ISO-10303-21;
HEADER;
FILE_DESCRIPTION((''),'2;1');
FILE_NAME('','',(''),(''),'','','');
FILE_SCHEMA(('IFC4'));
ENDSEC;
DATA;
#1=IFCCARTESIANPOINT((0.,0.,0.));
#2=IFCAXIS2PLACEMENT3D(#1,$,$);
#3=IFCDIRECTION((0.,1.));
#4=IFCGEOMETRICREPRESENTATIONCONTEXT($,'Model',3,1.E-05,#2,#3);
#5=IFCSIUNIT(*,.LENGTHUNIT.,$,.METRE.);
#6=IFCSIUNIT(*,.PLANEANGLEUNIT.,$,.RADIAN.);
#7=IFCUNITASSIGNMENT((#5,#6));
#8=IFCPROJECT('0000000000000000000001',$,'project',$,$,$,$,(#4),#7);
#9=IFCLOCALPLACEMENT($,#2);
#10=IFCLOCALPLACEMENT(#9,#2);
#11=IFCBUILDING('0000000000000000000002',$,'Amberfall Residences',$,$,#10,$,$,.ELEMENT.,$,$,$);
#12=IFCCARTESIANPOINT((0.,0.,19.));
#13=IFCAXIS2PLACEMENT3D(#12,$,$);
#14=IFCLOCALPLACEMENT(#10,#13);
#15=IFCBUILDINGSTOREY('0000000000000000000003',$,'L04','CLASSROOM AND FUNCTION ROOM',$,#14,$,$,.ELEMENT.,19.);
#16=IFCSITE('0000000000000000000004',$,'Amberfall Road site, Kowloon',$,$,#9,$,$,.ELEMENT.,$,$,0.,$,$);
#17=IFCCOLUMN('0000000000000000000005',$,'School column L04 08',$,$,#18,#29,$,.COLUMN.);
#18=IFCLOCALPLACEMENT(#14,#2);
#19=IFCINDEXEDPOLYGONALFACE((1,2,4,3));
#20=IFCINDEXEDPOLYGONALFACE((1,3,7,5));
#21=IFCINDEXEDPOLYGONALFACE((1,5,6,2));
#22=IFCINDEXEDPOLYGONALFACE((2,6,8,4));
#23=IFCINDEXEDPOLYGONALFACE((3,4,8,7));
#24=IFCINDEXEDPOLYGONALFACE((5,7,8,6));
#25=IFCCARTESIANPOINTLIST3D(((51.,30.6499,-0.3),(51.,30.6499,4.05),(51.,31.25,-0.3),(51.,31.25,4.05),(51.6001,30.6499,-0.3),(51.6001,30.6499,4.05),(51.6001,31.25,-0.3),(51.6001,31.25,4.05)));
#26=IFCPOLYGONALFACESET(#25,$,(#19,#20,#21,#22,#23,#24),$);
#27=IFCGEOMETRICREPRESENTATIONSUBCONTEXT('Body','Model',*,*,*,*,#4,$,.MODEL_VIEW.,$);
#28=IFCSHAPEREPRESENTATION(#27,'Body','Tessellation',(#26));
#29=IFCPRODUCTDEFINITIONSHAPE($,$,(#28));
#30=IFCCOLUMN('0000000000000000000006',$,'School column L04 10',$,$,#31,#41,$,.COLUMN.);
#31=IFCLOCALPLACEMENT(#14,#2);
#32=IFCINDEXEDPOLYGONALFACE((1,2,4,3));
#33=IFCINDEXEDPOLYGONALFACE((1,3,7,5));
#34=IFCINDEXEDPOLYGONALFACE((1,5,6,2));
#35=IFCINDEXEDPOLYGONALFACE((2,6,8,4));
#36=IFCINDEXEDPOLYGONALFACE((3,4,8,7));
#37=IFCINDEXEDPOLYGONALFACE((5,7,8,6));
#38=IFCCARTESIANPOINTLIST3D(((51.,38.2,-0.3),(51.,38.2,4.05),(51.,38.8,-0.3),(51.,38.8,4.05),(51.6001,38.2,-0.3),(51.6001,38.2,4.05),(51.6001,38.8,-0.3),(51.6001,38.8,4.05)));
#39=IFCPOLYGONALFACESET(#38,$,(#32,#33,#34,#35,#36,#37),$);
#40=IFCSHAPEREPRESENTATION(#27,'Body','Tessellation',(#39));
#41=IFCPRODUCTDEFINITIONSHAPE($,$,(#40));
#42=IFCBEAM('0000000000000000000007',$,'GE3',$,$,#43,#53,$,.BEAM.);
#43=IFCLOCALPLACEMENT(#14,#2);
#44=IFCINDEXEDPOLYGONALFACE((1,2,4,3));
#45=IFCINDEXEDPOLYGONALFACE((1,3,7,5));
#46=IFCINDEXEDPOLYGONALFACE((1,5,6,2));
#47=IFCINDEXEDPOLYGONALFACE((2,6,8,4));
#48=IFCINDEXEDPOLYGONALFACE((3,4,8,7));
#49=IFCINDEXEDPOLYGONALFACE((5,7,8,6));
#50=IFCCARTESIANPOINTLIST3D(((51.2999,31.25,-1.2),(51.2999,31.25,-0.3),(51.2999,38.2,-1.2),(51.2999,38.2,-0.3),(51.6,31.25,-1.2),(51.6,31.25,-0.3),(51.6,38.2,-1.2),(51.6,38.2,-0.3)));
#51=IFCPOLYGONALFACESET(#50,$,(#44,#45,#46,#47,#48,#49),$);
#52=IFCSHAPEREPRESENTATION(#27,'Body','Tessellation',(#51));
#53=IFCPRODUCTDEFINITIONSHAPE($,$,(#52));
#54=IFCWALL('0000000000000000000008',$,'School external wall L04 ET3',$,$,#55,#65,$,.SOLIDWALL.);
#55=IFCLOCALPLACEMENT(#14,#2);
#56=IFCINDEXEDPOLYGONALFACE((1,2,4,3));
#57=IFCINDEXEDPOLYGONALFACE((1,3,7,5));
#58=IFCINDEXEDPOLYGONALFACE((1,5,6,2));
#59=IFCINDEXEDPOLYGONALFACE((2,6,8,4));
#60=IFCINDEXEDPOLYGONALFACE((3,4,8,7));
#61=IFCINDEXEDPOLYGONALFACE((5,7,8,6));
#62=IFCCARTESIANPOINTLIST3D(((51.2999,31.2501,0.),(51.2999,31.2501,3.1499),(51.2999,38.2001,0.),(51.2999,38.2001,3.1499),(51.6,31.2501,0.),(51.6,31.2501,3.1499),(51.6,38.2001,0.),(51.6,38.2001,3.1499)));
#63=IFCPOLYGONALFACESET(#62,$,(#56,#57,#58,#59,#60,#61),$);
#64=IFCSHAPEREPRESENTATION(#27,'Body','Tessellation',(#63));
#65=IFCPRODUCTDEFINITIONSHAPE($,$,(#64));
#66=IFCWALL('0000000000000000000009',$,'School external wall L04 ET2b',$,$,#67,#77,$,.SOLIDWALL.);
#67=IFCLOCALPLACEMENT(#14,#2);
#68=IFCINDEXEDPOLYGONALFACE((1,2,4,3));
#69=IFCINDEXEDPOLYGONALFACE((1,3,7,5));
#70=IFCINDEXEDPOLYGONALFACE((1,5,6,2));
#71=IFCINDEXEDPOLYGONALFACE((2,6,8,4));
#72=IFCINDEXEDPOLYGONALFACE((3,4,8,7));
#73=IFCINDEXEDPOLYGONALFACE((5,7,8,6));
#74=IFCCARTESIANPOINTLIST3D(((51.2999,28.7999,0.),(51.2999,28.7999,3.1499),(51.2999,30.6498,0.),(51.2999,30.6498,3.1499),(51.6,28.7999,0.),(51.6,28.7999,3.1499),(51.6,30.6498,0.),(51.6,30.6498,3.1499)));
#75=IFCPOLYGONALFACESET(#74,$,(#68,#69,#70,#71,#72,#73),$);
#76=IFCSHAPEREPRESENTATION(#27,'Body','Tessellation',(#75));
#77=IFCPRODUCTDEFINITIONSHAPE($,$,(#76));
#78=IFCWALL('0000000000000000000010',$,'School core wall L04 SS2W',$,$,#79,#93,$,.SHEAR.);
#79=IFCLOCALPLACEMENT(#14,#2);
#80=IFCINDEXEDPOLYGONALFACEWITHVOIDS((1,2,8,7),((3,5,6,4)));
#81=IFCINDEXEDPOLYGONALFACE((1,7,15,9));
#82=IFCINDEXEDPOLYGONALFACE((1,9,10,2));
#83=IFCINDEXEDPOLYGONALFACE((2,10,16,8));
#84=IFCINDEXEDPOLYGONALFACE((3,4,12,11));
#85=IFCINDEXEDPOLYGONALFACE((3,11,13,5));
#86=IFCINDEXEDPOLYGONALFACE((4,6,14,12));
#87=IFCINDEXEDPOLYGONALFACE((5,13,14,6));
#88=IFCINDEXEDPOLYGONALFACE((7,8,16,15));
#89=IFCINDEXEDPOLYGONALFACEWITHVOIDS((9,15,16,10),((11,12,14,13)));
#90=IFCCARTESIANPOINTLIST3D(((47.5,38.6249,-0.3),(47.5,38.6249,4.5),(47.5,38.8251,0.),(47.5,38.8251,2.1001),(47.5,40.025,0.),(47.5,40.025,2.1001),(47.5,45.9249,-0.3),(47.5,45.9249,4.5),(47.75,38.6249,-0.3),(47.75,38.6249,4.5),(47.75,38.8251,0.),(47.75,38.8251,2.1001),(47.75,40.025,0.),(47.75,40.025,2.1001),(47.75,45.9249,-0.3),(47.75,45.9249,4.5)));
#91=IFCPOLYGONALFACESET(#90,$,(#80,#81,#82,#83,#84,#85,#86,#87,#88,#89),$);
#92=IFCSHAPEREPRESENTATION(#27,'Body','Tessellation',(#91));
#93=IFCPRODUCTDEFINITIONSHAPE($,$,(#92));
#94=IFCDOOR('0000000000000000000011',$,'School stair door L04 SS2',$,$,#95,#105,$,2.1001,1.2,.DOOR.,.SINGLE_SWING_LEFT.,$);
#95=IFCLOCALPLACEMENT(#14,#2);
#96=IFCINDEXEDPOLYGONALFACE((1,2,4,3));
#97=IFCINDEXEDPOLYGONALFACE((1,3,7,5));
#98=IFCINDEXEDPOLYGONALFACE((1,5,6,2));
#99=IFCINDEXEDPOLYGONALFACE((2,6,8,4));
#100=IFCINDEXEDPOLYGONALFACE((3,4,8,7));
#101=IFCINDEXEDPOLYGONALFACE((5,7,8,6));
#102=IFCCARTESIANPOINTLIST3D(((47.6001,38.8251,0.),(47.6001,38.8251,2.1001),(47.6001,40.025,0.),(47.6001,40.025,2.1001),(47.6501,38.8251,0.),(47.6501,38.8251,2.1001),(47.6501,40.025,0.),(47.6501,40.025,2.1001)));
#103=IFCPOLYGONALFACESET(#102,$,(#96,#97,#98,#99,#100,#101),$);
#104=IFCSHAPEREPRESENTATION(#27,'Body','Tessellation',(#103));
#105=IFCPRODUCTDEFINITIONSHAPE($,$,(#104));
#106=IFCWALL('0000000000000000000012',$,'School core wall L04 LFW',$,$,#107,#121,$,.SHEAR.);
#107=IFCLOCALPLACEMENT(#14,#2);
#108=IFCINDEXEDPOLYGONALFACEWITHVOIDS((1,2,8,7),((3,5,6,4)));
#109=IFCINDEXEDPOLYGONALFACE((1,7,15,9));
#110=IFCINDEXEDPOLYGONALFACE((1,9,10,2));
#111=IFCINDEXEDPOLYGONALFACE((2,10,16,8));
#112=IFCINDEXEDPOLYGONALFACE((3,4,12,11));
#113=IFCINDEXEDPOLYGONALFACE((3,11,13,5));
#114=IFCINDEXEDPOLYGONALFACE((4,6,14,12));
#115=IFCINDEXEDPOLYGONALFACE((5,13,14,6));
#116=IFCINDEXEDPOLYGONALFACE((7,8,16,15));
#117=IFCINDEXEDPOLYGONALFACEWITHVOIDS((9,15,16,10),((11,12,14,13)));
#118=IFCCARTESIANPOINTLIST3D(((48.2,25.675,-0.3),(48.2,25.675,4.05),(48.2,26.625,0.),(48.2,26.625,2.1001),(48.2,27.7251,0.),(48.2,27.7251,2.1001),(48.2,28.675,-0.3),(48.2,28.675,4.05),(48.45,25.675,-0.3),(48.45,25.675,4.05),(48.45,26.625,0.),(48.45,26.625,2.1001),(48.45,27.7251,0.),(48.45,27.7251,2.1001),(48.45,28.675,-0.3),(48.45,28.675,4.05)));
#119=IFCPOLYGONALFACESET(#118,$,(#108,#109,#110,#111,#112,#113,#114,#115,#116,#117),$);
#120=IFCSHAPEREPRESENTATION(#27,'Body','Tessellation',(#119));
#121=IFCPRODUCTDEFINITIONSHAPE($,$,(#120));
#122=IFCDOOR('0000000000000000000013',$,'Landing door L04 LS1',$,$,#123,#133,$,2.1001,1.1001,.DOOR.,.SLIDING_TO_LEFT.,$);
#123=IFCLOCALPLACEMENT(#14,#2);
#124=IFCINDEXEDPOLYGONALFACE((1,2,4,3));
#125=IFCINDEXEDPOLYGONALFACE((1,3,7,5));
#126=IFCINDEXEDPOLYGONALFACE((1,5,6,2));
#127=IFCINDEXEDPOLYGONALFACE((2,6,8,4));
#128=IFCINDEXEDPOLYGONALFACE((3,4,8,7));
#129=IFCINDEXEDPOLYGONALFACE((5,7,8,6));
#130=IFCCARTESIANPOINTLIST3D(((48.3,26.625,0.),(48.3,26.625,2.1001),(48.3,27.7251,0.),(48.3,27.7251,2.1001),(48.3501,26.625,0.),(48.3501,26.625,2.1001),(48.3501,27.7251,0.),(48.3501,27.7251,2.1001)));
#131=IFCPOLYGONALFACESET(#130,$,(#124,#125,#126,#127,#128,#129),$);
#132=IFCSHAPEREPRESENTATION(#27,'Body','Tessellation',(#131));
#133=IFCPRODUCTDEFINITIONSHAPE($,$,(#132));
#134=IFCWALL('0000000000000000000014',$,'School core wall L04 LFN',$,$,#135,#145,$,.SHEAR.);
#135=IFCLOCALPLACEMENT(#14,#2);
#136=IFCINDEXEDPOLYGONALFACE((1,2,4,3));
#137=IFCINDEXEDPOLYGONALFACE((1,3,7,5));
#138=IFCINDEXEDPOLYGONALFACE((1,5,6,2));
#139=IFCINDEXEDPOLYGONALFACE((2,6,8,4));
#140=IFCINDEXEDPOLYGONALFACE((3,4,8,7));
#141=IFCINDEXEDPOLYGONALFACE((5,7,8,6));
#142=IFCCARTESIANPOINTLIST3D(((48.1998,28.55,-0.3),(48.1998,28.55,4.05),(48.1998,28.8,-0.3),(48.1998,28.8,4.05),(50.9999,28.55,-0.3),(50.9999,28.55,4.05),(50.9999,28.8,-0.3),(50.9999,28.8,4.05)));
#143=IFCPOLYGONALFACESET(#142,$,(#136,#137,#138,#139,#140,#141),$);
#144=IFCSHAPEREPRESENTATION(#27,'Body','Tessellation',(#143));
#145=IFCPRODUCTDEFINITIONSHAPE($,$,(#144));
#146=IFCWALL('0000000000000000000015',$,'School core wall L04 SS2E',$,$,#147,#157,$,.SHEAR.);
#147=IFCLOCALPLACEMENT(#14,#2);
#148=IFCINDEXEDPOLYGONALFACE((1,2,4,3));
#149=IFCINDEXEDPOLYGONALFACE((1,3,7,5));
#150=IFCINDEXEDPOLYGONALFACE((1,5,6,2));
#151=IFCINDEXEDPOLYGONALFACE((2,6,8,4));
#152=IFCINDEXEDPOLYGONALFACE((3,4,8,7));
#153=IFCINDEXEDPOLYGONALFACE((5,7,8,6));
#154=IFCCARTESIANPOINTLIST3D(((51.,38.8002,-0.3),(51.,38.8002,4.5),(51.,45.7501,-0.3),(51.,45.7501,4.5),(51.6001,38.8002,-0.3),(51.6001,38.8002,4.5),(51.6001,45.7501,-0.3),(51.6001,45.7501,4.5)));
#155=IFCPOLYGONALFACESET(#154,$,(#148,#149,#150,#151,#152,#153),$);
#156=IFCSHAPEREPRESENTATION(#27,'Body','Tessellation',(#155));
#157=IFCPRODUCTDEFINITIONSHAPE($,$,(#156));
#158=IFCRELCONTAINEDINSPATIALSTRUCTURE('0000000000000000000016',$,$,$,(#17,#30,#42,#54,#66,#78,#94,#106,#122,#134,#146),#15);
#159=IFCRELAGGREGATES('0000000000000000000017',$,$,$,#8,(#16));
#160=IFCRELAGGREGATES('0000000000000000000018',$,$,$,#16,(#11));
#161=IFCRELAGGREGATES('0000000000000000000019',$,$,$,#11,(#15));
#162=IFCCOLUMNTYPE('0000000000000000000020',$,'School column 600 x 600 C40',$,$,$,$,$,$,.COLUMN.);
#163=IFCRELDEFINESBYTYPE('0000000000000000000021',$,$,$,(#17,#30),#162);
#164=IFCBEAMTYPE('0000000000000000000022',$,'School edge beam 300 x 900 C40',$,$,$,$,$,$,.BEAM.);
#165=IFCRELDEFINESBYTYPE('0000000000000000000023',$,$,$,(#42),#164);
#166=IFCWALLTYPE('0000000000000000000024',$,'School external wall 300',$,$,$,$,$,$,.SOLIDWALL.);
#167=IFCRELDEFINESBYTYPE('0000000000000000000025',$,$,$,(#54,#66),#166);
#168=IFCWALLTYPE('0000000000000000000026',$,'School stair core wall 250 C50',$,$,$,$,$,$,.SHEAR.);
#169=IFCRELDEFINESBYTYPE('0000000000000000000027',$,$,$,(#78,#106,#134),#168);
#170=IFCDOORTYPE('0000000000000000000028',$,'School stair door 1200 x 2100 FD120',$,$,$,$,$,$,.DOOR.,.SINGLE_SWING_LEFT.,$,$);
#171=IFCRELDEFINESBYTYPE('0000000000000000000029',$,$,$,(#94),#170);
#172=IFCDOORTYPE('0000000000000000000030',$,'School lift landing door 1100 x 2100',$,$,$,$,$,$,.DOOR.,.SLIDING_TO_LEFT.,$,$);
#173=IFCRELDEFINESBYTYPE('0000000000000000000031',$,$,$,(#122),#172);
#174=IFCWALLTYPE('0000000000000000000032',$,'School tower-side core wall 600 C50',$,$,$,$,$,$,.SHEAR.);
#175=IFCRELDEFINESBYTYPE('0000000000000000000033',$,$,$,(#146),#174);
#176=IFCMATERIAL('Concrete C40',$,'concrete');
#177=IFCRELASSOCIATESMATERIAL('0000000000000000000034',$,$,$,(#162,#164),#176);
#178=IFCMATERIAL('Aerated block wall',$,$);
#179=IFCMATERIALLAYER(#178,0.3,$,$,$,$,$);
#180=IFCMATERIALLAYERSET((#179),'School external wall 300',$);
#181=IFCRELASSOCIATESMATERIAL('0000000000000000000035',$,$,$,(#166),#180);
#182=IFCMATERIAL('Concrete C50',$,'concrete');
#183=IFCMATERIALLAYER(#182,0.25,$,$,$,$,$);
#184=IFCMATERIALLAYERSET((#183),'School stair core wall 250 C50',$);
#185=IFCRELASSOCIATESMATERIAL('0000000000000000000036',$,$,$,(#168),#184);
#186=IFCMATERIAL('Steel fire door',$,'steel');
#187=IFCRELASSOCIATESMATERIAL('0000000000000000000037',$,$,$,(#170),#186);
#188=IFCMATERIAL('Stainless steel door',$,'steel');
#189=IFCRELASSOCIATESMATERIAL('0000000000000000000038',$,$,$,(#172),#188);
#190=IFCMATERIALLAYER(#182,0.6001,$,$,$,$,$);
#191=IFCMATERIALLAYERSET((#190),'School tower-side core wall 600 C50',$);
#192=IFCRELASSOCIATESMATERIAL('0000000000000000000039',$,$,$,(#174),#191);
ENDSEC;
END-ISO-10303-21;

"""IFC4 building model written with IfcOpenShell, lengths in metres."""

from ifc_helpers import new_model, si_unit, direction, frame, frame_2d, origin, origin_2d, place, context, subcontext, project, spatial, rectangle, extrude, material, layer, layer_set, material_profile, profile_set, type_object, element, fill, save


model = new_model("IFC4")

# Units and contexts
model_context = context("Model", 3, precision=1e-05, world=origin(), true_north=direction((0.0, 1.0)))
body_context = subcontext(model_context, "Body", "Model", "MODEL_VIEW")
ifc_project = project(units=[si_unit("LENGTHUNIT", "METRE"), si_unit("PLANEANGLEUNIT", "RADIAN")], contexts=[model_context])

# Site, building, storey
site_placement = place(None, origin())
site = spatial("IfcSite", under=ifc_project, at=site_placement, Name="Amberfall Road site, Kowloon", CompositionType="ELEMENT", RefElevation=0.0)
building_placement = place(site_placement, origin())
building = spatial("IfcBuilding", under=site, at=building_placement, Name="Amberfall Residences", CompositionType="ELEMENT")
storey_placement = place(building_placement, frame((0.0, 0.0, 19.0)))
storey = spatial("IfcBuildingStorey", under=building, at=storey_placement, Name="L04", Description="CLASSROOM AND FUNCTION ROOM", CompositionType="ELEMENT", Elevation=19.0)

# Columns
ifc_material_1 = material(Name="Concrete C40", Category="concrete")
ifc_material_profile_1 = material_profile(ifc_material_1, rectangle(XDim=0.6001, YDim=0.6001, at=origin_2d()), Name="School column 600 x 600 C40")
ifc_profile_set_1 = profile_set([ifc_material_profile_1], Name="Concrete C40")
column_type = type_object("IfcColumnType", Name="School column 600 x 600 C40", PredefinedType="COLUMN", material=ifc_profile_set_1)
for number, where, z_axis, x_axis, name in (
    (1, (51.3, 30.95, -0.3), (0.0, 0.0, 1.0), (1.0, 0.0, 0.0), "School column L04 08"),
    (2, (51.3, 38.5, -0.3), (0.0, 0.0, 1.0), (1.0, 0.0, 0.0), "School column L04 10"),
):
    element("IfcColumn", number, at=place(storey_placement, frame(where, z_axis=z_axis, x_axis=x_axis)), inside=storey, type_object=column_type, Name=name, PredefinedType="COLUMN", context=body_context, shape_type="SweptSolid", body=[
        extrude(rectangle(XDim=0.6001, YDim=0.6001, at=origin_2d()), origin(), (0.0, 0.0, 1.0), 4.3501),
    ])

# Beam
ifc_material_profile_2 = material_profile(ifc_material_1, rectangle(XDim=0.3, YDim=0.8999, at=origin_2d()), Name="School edge beam 300 x 900 C40")
ifc_profile_set_2 = profile_set([ifc_material_profile_2], Name="Concrete C40")
beam_type = type_object("IfcBeamType", Name="School edge beam 300 x 900 C40", PredefinedType="BEAM", material=ifc_profile_set_2)
beam_placement = place(storey_placement, frame((51.45, 31.25, -0.75), z_axis=(0.0, 1.0, 0.0), x_axis=(-1.0, 0.0, 0.0)))
element("IfcBeam", 3, at=beam_placement, inside=storey, type_object=beam_type, Name="GE3", PredefinedType="BEAM", context=body_context, shape_type="SweptSolid", body=[
    extrude(rectangle(XDim=0.3, YDim=0.8999, at=origin_2d()), origin(), (0.0, 0.0, 1.0), 6.95),
])

# Walls
ifc_material_2 = material(Name="Aerated block wall")
ifc_layer_1 = layer(ifc_material_2, 0.3)
ifc_layer_set_1 = layer_set([ifc_layer_1], Name="School external wall 300")
wall_type_1 = type_object("IfcWallType", Name="School external wall 300", PredefinedType="SOLIDWALL", material=ifc_layer_set_1)
wall_1_placement = place(storey_placement, frame((51.45, 31.25, 0.0), z_axis=(0.0, 0.0, 1.0), x_axis=(0.0, 1.0, 0.0)))
element("IfcWall", 4, at=wall_1_placement, inside=storey, type_object=wall_type_1, Name="School external wall L04 ET3", PredefinedType="SOLIDWALL", context=body_context, shape_type="SweptSolid", body=[
    extrude(rectangle(XDim=6.95, YDim=0.3, at=frame_2d((3.4751, 0.0))), origin(), (0.0, 0.0, 1.0), 3.1499),
])
wall_2_placement = place(storey_placement, frame((51.45, 28.8, 0.0), z_axis=(0.0, 0.0, 1.0), x_axis=(0.0, 1.0, 0.0)))
element("IfcWall", 5, at=wall_2_placement, inside=storey, type_object=wall_type_1, Name="School external wall L04 ET2b", PredefinedType="SOLIDWALL", context=body_context, shape_type="SweptSolid", body=[
    extrude(rectangle(XDim=1.8499, YDim=0.3, at=frame_2d((0.9248, 0.0))), origin(), (0.0, 0.0, 1.0), 3.1499),
])

# Walls, openings, doors
ifc_material_3 = material(Name="Concrete C50", Category="concrete")
ifc_layer_2 = layer(ifc_material_3, 0.25)
ifc_layer_set_2 = layer_set([ifc_layer_2], Name="School stair core wall 250 C50")
wall_type_2 = type_object("IfcWallType", Name="School stair core wall 250 C50", PredefinedType="SHEAR", material=ifc_layer_set_2)
wall_3_placement = place(storey_placement, frame((47.625, 38.625, -0.3), z_axis=(0.0, 0.0, 1.0), x_axis=(0.0, 1.0, 0.0)))
wall_3 = element("IfcWall", 6, at=wall_3_placement, inside=storey, type_object=wall_type_2, Name="School core wall L04 SS2W", PredefinedType="SHEAR", context=body_context, shape_type="SweptSolid", body=[
    extrude(rectangle(XDim=7.3, YDim=0.25, at=frame_2d((3.6499, 0.0))), origin(), (0.0, 0.0, 1.0), 4.8),
])
opening_1_placement = place(wall_3_placement, frame((0.2, 0.0, 0.3)))
opening_1 = element("IfcOpeningElement", 7, at=opening_1_placement, cuts=wall_3, PredefinedType="OPENING", context=body_context, shape_type="SweptSolid", body=[
    extrude(rectangle(XDim=1.2, YDim=2.1001, at=frame_2d((0.6001, 1.05))), frame((0.0, 0.135, 0.0), z_axis=(0.0, -1.0, 0.0), x_axis=(1.0, 0.0, 0.0)), (0.0, 0.0, 1.0), 0.27),
])
ifc_material_4 = material(Name="Steel fire door", Category="steel")
door_type_1 = type_object("IfcDoorType", Name="School stair door 1200 x 2100 FD120", OperationType="SINGLE_SWING_LEFT", PredefinedType="DOOR", material=ifc_material_4)
door_1_placement = place(opening_1_placement, origin())
door_1 = element("IfcDoor", 8, at=door_1_placement, inside=storey, type_object=door_type_1, Name="School stair door L04 SS2", OperationType="SINGLE_SWING_LEFT", OverallHeight=2.1001, OverallWidth=1.2, PredefinedType="DOOR", context=body_context, shape_type="SweptSolid", body=[
    extrude(rectangle(XDim=1.2, YDim=2.1001, at=frame_2d((0.6001, 1.05))), frame((0.0, 0.0249, 0.0), z_axis=(0.0, -1.0, 0.0), x_axis=(1.0, 0.0, 0.0)), (0.0, 0.0, 1.0), 0.05),
])
fill(opening_1, door_1)
wall_4_placement = place(storey_placement, frame((48.325, 25.675, -0.3), z_axis=(0.0, 0.0, 1.0), x_axis=(0.0, 1.0, 0.0)))
wall_4 = element("IfcWall", 9, at=wall_4_placement, inside=storey, type_object=wall_type_2, Name="School core wall L04 LFW", PredefinedType="SHEAR", context=body_context, shape_type="SweptSolid", body=[
    extrude(rectangle(XDim=3.0, YDim=0.25, at=frame_2d((1.5, 0.0))), origin(), (0.0, 0.0, 1.0), 4.3501),
])
opening_2_placement = place(wall_4_placement, frame((0.95, 0.0, 0.3)))
opening_2 = element("IfcOpeningElement", 10, at=opening_2_placement, cuts=wall_4, PredefinedType="OPENING", context=body_context, shape_type="SweptSolid", body=[
    extrude(rectangle(XDim=1.1001, YDim=2.1001, at=frame_2d((0.55, 1.05))), frame((0.0, 0.135, 0.0), z_axis=(0.0, -1.0, 0.0), x_axis=(1.0, 0.0, 0.0)), (0.0, 0.0, 1.0), 0.27),
])
ifc_material_5 = material(Name="Stainless steel door", Category="steel")
door_type_2 = type_object("IfcDoorType", Name="School lift landing door 1100 x 2100", OperationType="SLIDING_TO_LEFT", PredefinedType="DOOR", material=ifc_material_5)
door_2_placement = place(opening_2_placement, origin())
door_2 = element("IfcDoor", 11, at=door_2_placement, inside=storey, type_object=door_type_2, Name="Landing door L04 LS1", OperationType="SLIDING_TO_LEFT", OverallHeight=2.1001, OverallWidth=1.1001, PredefinedType="DOOR", context=body_context, shape_type="SweptSolid", body=[
    extrude(rectangle(XDim=1.1001, YDim=2.1001, at=frame_2d((0.55, 1.05))), frame((0.0, 0.0249, 0.0), z_axis=(0.0, -1.0, 0.0), x_axis=(1.0, 0.0, 0.0)), (0.0, 0.0, 1.0), 0.05),
])
fill(opening_2, door_2)

# Walls
wall_5_placement = place(storey_placement, frame((48.2, 28.675, -0.3), z_axis=(0.0, 0.0, 1.0), x_axis=(1.0, 0.0, 0.0)))
element("IfcWall", 12, at=wall_5_placement, inside=storey, type_object=wall_type_2, Name="School core wall L04 LFN", PredefinedType="SHEAR", context=body_context, shape_type="SweptSolid", body=[
    extrude(rectangle(XDim=2.8, YDim=0.25, at=frame_2d((1.3999, 0.0))), origin(), (0.0, 0.0, 1.0), 4.3501),
])
ifc_layer_3 = layer(ifc_material_3, 0.6001)
ifc_layer_set_3 = layer_set([ifc_layer_3], Name="School tower-side core wall 600 C50")
wall_type_3 = type_object("IfcWallType", Name="School tower-side core wall 600 C50", PredefinedType="SHEAR", material=ifc_layer_set_3)
wall_6_placement = place(storey_placement, frame((51.3, 38.8, -0.3), z_axis=(0.0, 0.0, 1.0), x_axis=(0.0, 1.0, 0.0)))
element("IfcWall", 13, at=wall_6_placement, inside=storey, type_object=wall_type_3, Name="School core wall L04 SS2E", PredefinedType="SHEAR", context=body_context, shape_type="SweptSolid", body=[
    extrude(rectangle(XDim=6.95, YDim=0.6001, at=frame_2d((3.4751, 0.0))), origin(), (0.0, 0.0, 1.0), 4.8),
])

save(model, "model.ifc")
